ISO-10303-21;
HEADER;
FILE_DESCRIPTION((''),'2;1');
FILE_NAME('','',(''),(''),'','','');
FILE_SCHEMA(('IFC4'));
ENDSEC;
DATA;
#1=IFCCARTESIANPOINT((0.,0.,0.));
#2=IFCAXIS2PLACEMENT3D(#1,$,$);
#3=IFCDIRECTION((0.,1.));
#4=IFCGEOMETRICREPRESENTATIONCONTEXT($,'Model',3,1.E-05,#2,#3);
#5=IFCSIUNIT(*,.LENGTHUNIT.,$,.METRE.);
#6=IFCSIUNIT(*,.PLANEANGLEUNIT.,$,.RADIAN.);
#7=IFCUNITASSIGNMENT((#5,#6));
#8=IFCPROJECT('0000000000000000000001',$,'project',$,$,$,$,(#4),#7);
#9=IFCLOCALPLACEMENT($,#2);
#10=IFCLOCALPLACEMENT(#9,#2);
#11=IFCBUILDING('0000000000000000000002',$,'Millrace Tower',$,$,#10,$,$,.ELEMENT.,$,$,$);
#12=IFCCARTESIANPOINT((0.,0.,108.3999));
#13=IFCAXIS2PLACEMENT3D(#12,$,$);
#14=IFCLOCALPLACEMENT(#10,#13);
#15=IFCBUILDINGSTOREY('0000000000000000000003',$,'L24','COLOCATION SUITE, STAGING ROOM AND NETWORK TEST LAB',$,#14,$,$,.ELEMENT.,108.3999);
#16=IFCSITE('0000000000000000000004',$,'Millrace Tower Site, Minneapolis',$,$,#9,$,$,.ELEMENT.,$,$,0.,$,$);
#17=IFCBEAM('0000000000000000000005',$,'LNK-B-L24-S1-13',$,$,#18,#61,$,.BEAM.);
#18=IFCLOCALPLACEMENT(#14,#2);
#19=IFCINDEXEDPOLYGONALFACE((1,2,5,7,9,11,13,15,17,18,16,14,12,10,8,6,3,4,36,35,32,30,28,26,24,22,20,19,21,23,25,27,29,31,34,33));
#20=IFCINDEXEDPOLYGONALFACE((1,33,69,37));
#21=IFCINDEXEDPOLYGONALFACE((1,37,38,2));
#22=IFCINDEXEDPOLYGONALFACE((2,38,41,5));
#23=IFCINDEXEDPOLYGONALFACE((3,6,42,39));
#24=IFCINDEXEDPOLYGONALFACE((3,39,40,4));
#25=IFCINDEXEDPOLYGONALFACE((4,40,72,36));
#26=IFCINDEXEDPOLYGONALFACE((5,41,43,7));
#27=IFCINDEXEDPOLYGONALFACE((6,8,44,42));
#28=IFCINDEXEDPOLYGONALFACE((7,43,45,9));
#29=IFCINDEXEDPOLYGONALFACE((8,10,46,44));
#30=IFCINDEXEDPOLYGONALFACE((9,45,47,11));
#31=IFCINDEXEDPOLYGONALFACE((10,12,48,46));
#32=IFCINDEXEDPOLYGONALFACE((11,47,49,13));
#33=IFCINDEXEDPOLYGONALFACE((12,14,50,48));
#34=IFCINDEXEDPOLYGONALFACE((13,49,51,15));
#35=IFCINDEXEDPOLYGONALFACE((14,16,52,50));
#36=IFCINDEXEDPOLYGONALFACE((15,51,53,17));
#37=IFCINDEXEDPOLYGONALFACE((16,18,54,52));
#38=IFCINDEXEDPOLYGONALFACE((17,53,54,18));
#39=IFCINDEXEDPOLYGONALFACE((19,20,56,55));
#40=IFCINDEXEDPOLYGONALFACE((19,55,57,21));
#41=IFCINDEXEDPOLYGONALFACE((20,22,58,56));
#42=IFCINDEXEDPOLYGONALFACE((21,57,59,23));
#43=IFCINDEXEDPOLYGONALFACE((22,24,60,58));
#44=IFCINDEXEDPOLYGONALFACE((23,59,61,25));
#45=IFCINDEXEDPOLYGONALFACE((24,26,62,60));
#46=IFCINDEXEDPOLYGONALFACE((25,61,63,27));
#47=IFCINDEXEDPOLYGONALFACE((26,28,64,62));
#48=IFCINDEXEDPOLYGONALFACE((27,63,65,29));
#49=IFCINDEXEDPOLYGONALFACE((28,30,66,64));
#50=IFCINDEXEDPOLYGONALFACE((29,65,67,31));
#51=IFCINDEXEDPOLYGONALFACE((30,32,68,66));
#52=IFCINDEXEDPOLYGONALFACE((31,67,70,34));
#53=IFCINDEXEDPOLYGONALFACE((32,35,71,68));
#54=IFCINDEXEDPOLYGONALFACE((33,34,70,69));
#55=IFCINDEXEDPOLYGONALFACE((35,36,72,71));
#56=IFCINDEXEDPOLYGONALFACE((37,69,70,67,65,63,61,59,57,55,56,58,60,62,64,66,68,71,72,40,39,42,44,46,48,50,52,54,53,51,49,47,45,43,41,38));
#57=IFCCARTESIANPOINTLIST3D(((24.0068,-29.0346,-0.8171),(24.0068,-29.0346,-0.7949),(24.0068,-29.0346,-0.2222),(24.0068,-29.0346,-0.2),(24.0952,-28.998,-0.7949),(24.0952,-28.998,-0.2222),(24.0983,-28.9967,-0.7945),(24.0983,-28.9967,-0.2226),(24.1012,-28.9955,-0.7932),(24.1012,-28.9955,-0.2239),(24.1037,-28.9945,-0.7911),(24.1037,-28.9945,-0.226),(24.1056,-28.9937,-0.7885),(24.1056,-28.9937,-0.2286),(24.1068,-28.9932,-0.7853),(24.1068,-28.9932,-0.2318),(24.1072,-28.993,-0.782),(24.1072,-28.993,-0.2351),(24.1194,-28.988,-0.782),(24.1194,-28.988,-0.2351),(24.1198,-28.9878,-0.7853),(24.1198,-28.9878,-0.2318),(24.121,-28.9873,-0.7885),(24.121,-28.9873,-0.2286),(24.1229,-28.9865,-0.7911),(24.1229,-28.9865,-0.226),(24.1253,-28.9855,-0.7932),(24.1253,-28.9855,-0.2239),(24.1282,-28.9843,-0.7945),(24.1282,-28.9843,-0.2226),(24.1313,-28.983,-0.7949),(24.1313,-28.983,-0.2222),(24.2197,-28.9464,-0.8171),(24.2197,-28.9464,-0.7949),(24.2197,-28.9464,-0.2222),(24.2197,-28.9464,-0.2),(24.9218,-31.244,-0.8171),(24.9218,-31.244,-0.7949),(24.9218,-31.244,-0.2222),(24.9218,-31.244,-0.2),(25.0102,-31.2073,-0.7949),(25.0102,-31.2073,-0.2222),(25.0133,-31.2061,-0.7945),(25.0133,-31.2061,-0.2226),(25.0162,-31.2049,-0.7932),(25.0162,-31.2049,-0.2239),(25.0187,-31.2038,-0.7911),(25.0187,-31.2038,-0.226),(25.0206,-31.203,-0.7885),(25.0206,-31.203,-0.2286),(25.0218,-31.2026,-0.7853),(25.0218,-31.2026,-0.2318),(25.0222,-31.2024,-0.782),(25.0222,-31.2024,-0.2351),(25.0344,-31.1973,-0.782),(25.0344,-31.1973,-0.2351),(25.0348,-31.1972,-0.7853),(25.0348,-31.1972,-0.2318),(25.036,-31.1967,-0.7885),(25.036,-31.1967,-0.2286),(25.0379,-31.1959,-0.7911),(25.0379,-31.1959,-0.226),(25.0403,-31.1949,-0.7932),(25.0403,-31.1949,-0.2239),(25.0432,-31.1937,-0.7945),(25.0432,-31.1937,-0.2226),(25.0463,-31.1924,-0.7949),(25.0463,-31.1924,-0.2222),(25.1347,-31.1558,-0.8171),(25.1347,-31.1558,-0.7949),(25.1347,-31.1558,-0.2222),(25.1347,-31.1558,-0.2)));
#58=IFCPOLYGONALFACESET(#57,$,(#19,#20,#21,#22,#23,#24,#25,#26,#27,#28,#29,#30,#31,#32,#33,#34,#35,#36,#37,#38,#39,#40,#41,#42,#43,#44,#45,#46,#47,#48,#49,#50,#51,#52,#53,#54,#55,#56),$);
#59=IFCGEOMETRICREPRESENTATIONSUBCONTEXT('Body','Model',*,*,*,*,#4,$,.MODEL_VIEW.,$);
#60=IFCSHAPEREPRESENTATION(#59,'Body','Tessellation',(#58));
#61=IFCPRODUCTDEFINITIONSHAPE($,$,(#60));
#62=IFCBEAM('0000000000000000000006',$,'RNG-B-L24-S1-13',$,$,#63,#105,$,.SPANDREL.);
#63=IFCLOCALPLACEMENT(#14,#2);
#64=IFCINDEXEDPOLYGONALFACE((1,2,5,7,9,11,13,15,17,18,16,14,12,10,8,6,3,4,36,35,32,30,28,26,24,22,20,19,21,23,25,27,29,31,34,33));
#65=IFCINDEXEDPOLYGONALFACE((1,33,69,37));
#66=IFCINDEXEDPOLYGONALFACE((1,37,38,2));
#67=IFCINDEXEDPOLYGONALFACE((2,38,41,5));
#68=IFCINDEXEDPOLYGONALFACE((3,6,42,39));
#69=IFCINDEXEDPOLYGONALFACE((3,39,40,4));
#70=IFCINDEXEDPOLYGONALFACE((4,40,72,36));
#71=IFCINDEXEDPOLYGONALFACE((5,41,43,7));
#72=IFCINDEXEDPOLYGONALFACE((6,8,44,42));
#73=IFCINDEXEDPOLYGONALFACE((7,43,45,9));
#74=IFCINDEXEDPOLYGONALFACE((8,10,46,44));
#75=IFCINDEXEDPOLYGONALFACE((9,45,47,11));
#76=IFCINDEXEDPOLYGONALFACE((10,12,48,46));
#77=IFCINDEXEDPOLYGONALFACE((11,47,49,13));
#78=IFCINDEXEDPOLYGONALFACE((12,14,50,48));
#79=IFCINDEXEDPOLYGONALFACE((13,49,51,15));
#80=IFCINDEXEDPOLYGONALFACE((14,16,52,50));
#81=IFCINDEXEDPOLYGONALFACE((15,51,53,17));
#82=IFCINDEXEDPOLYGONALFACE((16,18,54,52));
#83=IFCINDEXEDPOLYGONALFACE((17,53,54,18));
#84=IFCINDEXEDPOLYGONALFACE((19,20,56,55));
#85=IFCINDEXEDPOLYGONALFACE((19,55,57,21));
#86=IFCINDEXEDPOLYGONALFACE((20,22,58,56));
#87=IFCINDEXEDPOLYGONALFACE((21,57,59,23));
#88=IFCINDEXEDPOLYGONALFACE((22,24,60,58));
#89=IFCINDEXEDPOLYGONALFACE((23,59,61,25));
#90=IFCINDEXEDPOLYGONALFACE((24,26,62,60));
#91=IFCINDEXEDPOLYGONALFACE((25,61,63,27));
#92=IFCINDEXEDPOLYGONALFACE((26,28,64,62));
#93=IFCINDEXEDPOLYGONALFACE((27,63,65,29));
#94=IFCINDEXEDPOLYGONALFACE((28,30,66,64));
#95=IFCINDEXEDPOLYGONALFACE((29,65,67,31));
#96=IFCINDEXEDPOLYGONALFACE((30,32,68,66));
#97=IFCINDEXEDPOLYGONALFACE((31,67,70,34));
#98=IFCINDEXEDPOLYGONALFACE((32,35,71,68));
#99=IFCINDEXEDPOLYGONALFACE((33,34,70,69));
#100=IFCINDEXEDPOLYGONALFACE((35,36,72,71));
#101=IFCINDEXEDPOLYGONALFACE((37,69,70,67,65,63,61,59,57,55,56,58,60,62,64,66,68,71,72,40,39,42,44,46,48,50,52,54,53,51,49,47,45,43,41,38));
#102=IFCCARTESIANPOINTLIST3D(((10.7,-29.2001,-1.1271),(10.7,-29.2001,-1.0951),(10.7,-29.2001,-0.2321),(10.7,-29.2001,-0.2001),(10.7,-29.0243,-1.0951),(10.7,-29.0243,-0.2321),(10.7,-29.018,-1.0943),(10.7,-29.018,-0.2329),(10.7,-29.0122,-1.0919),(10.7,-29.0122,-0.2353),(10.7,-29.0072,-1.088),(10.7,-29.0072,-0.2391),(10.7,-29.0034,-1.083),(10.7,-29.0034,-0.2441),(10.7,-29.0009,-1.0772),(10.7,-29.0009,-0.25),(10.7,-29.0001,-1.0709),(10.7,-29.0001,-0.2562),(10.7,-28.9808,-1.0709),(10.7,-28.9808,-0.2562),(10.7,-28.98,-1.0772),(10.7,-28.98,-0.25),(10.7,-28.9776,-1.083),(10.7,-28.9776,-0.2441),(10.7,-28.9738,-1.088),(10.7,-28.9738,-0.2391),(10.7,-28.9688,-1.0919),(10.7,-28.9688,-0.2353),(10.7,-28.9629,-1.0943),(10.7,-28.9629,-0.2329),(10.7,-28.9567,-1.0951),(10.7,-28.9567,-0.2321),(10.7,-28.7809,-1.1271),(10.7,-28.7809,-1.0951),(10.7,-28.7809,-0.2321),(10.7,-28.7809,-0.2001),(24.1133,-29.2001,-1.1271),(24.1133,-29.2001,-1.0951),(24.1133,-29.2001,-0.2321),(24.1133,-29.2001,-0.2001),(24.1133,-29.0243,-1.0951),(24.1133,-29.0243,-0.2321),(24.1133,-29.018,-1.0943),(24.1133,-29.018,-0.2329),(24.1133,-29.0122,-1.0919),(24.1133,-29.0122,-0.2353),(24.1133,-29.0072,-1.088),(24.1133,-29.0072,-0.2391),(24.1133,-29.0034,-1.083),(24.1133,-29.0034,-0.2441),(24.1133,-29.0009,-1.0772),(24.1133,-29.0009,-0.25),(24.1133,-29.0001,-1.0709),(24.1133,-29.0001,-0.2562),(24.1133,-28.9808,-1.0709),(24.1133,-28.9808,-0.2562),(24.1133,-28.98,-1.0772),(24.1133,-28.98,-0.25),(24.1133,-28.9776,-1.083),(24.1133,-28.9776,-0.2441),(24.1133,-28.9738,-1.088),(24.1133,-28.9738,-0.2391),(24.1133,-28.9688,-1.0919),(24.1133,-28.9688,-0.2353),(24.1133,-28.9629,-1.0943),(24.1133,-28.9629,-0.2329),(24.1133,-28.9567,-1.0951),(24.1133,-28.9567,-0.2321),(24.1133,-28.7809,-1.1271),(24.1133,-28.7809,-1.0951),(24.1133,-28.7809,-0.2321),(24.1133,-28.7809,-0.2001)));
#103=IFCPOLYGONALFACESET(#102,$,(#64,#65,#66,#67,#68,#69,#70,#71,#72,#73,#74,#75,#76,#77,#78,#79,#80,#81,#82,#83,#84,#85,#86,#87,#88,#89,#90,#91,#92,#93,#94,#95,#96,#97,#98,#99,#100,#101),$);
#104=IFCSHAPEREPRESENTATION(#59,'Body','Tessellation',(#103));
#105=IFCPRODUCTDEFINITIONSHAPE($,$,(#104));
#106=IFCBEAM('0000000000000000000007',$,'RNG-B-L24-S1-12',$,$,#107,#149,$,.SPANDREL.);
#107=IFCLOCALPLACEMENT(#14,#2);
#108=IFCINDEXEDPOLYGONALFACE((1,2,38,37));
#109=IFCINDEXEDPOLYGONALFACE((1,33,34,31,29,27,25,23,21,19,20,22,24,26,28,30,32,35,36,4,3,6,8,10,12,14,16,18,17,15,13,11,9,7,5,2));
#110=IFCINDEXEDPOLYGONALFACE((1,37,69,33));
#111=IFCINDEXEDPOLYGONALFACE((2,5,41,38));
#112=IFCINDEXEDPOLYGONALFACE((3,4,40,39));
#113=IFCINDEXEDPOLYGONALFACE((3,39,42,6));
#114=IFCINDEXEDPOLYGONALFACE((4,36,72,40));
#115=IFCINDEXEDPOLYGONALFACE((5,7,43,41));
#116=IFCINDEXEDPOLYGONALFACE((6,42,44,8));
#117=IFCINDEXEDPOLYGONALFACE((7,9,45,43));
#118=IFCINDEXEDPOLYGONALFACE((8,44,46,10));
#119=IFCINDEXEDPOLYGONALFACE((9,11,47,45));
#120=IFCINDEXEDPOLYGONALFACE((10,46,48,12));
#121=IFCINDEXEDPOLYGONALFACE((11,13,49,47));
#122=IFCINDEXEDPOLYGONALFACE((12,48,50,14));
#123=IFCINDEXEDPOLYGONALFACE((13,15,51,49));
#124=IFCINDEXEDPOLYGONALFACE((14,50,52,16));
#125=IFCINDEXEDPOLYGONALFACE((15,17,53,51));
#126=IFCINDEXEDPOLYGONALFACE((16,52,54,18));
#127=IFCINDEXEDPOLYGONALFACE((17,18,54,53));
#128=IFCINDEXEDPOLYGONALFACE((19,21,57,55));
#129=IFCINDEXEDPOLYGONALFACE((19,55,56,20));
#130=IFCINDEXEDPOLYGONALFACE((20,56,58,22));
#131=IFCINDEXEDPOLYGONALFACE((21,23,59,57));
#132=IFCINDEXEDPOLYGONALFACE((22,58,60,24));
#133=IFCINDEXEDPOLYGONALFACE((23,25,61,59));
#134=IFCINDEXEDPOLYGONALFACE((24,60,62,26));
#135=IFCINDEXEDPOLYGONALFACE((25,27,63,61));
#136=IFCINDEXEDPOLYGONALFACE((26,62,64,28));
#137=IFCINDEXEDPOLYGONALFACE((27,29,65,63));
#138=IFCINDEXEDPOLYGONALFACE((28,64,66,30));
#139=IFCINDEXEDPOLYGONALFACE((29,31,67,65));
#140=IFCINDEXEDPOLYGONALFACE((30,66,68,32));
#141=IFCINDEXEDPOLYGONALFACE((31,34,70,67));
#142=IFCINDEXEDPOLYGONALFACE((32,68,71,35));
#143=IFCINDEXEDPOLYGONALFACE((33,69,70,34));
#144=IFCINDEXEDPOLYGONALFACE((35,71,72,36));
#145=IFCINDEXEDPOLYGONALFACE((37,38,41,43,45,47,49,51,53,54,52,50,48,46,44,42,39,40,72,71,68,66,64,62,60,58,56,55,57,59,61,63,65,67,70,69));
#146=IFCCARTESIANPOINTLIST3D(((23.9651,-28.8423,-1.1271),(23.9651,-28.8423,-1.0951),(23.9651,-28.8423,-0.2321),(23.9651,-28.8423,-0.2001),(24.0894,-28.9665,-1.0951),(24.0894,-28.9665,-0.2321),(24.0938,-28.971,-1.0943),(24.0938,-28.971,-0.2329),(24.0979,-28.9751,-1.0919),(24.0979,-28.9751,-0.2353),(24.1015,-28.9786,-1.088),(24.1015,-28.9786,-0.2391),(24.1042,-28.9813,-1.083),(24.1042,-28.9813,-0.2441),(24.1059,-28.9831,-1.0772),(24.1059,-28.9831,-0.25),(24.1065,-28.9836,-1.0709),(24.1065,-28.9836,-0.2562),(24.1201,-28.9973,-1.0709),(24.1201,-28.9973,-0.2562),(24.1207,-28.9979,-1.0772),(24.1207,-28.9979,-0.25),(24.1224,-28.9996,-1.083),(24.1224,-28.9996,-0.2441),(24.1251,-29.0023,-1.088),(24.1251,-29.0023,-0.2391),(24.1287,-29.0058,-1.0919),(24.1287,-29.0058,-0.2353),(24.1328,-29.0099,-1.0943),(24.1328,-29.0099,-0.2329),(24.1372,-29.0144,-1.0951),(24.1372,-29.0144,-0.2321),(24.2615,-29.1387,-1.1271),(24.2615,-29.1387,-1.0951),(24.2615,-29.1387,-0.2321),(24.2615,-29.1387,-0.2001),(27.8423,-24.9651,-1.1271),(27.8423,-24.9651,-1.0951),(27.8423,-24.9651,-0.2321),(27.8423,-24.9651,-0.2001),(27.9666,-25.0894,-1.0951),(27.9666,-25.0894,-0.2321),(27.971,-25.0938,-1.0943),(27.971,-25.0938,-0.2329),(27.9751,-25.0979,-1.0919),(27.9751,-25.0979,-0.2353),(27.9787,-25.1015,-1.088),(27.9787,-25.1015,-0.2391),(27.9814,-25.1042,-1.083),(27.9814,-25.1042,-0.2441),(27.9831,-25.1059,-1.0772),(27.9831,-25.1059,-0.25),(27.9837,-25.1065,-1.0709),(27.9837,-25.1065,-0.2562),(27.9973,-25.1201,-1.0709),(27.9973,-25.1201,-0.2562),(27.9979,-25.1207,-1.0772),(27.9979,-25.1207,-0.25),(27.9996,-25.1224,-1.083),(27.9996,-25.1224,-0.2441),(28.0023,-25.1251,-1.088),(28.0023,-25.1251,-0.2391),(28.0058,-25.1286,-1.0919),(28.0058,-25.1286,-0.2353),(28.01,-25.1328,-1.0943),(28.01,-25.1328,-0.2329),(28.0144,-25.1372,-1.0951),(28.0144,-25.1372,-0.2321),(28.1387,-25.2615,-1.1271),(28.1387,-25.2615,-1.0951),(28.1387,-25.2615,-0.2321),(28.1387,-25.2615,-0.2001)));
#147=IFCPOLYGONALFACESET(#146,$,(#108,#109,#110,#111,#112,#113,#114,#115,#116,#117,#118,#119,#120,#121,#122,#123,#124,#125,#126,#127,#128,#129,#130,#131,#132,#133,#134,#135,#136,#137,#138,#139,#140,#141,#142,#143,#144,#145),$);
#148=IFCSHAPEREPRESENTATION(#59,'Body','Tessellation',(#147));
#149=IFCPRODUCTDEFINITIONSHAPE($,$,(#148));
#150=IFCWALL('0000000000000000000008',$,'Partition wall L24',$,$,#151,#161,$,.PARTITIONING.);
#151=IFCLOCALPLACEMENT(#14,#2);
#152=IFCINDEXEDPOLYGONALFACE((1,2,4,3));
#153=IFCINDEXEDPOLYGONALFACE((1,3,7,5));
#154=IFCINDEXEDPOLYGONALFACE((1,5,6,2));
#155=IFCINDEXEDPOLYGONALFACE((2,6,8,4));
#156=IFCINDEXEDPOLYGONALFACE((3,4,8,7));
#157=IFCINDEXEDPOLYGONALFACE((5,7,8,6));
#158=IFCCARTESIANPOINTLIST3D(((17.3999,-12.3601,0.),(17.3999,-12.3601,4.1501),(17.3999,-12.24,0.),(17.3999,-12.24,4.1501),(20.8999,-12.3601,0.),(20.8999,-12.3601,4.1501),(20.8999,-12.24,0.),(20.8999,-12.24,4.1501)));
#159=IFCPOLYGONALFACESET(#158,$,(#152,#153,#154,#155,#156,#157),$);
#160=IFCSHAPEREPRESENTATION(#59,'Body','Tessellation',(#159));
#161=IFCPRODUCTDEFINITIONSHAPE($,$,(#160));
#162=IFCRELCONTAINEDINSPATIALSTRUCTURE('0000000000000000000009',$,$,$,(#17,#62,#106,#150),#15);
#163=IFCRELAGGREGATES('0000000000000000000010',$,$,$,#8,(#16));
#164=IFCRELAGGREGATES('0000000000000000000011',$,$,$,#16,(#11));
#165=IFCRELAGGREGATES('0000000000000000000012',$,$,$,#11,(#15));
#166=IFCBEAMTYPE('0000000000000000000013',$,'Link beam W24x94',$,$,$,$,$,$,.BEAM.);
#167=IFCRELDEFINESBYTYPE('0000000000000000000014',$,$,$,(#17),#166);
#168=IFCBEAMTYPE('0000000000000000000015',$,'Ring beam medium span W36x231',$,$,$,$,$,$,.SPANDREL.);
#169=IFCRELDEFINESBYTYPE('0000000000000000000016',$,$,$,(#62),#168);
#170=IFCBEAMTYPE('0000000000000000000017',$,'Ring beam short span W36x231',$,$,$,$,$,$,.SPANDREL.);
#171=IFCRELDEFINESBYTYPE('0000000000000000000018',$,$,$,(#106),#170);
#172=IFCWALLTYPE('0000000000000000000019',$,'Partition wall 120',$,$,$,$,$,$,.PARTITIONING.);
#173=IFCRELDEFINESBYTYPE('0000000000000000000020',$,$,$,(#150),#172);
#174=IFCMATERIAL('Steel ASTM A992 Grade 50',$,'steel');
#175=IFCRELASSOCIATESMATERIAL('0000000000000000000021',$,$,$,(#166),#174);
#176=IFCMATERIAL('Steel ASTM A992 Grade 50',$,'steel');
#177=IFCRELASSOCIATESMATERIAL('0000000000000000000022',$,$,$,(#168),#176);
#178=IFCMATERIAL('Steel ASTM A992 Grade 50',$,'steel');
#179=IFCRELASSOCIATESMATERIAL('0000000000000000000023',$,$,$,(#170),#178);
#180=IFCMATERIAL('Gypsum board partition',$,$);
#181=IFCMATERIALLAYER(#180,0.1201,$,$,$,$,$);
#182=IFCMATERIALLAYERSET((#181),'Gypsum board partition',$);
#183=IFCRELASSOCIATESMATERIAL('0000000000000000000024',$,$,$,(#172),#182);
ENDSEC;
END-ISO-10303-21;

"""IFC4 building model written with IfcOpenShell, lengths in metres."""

from ifc_helpers import new_model, si_unit, direction, frame, frame_2d, origin, origin_2d, place, context, subcontext, project, spatial, rectangle, i_section, extrude, material, layer, layer_set, material_profile, profile_set, type_object, element, save


model = new_model("IFC4")

# Units and contexts
model_context = context("Model", 3, precision=1e-05, world=origin(), true_north=direction((0.0, 1.0)))
body_context = subcontext(model_context, "Body", "Model", "MODEL_VIEW")
ifc_project = project(units=[si_unit("LENGTHUNIT", "METRE"), si_unit("PLANEANGLEUNIT", "RADIAN")], contexts=[model_context])

# Site, building, storey
site_placement = place(None, origin())
site = spatial("IfcSite", under=ifc_project, at=site_placement, Name="Millrace Tower Site, Minneapolis", CompositionType="ELEMENT", RefElevation=0.0)
building_placement = place(site_placement, origin())
building = spatial("IfcBuilding", under=site, at=building_placement, Name="Millrace Tower", CompositionType="ELEMENT")
storey_placement = place(building_placement, frame((0.0, 0.0, 108.3999)))
storey = spatial("IfcBuildingStorey", under=building, at=storey_placement, Name="L24", Description="COLOCATION SUITE, STAGING ROOM AND NETWORK TEST LAB", CompositionType="ELEMENT", Elevation=108.3999)

# Beams
ifc_material_1 = material(Name="Steel ASTM A992 Grade 50", Category="steel")
ifc_material_profile_1 = material_profile(ifc_material_1, i_section(OverallWidth=0.2305, OverallDepth=0.6172, WebThickness=0.0132, FlangeThickness=0.0222, FilletRadius=0.0129, at=origin_2d()))
ifc_profile_set_1 = profile_set([ifc_material_profile_1], Name="Steel ASTM A992 Grade 50")
beam_type_1 = type_object("IfcBeamType", Name="Link beam W24x94", PredefinedType="BEAM", material=ifc_profile_set_1)
for number, where, z_axis, x_axis, name in (
    (1, (24.1133, -28.9905, -0.5085), (0.382628, -0.923902, 0.0), (0.923902, 0.382628, 0.0), "LNK-B-L24-S1-13"),
):
    element("IfcBeam", number, at=place(storey_placement, frame(where, z_axis=z_axis, x_axis=x_axis)), inside=storey, type_object=beam_type_1, Name=name, PredefinedType="BEAM", context=body_context, shape_type="SweptSolid", body=[
        extrude(i_section(OverallWidth=0.2305, OverallDepth=0.6172, WebThickness=0.0132, FlangeThickness=0.0222, FilletRadius=0.0129, at=origin_2d()), origin(), (0.0, 0.0, 1.0), 2.3914),
    ])
ifc_material_2 = material(Name="Steel ASTM A992 Grade 50", Category="steel")
ifc_material_profile_2 = material_profile(ifc_material_2, i_section(OverallWidth=0.4192, OverallDepth=0.927, WebThickness=0.0193, FlangeThickness=0.032, FilletRadius=0.0242, at=origin_2d()))
ifc_profile_set_2 = profile_set([ifc_material_profile_2], Name="Steel ASTM A992 Grade 50")
beam_type_2 = type_object("IfcBeamType", Name="Ring beam medium span W36x231", PredefinedType="SPANDREL", material=ifc_profile_set_2)
beam_1_placement = place(storey_placement, frame((24.1133, -28.9905, -0.6636), z_axis=(-1.0, 0.0, 0.0), x_axis=(0.0, -1.0, 0.0)))
element("IfcBeam", 2, at=beam_1_placement, inside=storey, type_object=beam_type_2, Name="RNG-B-L24-S1-13", PredefinedType="SPANDREL", context=body_context, shape_type="SweptSolid", body=[
    extrude(i_section(OverallWidth=0.4192, OverallDepth=0.927, WebThickness=0.0193, FlangeThickness=0.032, FilletRadius=0.0242, at=origin_2d()), origin(), (0.0, 0.0, 1.0), 13.4133),
])
ifc_material_3 = material(Name="Steel ASTM A992 Grade 50", Category="steel")
ifc_material_profile_3 = material_profile(ifc_material_3, i_section(OverallWidth=0.4192, OverallDepth=0.927, WebThickness=0.0193, FlangeThickness=0.032, FilletRadius=0.0242, at=origin_2d()))
ifc_profile_set_3 = profile_set([ifc_material_profile_3], Name="Steel ASTM A992 Grade 50")
beam_type_3 = type_object("IfcBeamType", Name="Ring beam short span W36x231", PredefinedType="SPANDREL", material=ifc_profile_set_3)
beam_2_placement = place(storey_placement, frame((27.9905, -25.1133, -0.6636), z_axis=(-0.707107, -0.707107, 0.0), x_axis=(0.707107, -0.707107, 0.0)))
element("IfcBeam", 3, at=beam_2_placement, inside=storey, type_object=beam_type_3, Name="RNG-B-L24-S1-12", PredefinedType="SPANDREL", context=body_context, shape_type="SweptSolid", body=[
    extrude(i_section(OverallWidth=0.4192, OverallDepth=0.927, WebThickness=0.0193, FlangeThickness=0.032, FilletRadius=0.0242, at=origin_2d()), origin(), (0.0, 0.0, 1.0), 5.4832),
])

# Wall
ifc_material_4 = material(Name="Gypsum board partition")
ifc_layer_1 = layer(ifc_material_4, 0.1201)
ifc_layer_set_1 = layer_set([ifc_layer_1], Name="Gypsum board partition")
wall_type = type_object("IfcWallType", Name="Partition wall 120", PredefinedType="PARTITIONING", material=ifc_layer_set_1)
wall_placement = place(storey_placement, frame((17.3999, -12.3, 0.0), z_axis=(0.0, 0.0, 1.0), x_axis=(1.0, 0.0, 0.0)))
element("IfcWall", 4, at=wall_placement, inside=storey, type_object=wall_type, Name="Partition wall L24", PredefinedType="PARTITIONING", context=body_context, shape_type="SweptSolid", body=[
    extrude(rectangle(XDim=3.5, YDim=0.1201, at=frame_2d((1.75, 0.0))), origin(), (0.0, 0.0, 1.0), 4.1501),
])

save(model, "model.ifc")
